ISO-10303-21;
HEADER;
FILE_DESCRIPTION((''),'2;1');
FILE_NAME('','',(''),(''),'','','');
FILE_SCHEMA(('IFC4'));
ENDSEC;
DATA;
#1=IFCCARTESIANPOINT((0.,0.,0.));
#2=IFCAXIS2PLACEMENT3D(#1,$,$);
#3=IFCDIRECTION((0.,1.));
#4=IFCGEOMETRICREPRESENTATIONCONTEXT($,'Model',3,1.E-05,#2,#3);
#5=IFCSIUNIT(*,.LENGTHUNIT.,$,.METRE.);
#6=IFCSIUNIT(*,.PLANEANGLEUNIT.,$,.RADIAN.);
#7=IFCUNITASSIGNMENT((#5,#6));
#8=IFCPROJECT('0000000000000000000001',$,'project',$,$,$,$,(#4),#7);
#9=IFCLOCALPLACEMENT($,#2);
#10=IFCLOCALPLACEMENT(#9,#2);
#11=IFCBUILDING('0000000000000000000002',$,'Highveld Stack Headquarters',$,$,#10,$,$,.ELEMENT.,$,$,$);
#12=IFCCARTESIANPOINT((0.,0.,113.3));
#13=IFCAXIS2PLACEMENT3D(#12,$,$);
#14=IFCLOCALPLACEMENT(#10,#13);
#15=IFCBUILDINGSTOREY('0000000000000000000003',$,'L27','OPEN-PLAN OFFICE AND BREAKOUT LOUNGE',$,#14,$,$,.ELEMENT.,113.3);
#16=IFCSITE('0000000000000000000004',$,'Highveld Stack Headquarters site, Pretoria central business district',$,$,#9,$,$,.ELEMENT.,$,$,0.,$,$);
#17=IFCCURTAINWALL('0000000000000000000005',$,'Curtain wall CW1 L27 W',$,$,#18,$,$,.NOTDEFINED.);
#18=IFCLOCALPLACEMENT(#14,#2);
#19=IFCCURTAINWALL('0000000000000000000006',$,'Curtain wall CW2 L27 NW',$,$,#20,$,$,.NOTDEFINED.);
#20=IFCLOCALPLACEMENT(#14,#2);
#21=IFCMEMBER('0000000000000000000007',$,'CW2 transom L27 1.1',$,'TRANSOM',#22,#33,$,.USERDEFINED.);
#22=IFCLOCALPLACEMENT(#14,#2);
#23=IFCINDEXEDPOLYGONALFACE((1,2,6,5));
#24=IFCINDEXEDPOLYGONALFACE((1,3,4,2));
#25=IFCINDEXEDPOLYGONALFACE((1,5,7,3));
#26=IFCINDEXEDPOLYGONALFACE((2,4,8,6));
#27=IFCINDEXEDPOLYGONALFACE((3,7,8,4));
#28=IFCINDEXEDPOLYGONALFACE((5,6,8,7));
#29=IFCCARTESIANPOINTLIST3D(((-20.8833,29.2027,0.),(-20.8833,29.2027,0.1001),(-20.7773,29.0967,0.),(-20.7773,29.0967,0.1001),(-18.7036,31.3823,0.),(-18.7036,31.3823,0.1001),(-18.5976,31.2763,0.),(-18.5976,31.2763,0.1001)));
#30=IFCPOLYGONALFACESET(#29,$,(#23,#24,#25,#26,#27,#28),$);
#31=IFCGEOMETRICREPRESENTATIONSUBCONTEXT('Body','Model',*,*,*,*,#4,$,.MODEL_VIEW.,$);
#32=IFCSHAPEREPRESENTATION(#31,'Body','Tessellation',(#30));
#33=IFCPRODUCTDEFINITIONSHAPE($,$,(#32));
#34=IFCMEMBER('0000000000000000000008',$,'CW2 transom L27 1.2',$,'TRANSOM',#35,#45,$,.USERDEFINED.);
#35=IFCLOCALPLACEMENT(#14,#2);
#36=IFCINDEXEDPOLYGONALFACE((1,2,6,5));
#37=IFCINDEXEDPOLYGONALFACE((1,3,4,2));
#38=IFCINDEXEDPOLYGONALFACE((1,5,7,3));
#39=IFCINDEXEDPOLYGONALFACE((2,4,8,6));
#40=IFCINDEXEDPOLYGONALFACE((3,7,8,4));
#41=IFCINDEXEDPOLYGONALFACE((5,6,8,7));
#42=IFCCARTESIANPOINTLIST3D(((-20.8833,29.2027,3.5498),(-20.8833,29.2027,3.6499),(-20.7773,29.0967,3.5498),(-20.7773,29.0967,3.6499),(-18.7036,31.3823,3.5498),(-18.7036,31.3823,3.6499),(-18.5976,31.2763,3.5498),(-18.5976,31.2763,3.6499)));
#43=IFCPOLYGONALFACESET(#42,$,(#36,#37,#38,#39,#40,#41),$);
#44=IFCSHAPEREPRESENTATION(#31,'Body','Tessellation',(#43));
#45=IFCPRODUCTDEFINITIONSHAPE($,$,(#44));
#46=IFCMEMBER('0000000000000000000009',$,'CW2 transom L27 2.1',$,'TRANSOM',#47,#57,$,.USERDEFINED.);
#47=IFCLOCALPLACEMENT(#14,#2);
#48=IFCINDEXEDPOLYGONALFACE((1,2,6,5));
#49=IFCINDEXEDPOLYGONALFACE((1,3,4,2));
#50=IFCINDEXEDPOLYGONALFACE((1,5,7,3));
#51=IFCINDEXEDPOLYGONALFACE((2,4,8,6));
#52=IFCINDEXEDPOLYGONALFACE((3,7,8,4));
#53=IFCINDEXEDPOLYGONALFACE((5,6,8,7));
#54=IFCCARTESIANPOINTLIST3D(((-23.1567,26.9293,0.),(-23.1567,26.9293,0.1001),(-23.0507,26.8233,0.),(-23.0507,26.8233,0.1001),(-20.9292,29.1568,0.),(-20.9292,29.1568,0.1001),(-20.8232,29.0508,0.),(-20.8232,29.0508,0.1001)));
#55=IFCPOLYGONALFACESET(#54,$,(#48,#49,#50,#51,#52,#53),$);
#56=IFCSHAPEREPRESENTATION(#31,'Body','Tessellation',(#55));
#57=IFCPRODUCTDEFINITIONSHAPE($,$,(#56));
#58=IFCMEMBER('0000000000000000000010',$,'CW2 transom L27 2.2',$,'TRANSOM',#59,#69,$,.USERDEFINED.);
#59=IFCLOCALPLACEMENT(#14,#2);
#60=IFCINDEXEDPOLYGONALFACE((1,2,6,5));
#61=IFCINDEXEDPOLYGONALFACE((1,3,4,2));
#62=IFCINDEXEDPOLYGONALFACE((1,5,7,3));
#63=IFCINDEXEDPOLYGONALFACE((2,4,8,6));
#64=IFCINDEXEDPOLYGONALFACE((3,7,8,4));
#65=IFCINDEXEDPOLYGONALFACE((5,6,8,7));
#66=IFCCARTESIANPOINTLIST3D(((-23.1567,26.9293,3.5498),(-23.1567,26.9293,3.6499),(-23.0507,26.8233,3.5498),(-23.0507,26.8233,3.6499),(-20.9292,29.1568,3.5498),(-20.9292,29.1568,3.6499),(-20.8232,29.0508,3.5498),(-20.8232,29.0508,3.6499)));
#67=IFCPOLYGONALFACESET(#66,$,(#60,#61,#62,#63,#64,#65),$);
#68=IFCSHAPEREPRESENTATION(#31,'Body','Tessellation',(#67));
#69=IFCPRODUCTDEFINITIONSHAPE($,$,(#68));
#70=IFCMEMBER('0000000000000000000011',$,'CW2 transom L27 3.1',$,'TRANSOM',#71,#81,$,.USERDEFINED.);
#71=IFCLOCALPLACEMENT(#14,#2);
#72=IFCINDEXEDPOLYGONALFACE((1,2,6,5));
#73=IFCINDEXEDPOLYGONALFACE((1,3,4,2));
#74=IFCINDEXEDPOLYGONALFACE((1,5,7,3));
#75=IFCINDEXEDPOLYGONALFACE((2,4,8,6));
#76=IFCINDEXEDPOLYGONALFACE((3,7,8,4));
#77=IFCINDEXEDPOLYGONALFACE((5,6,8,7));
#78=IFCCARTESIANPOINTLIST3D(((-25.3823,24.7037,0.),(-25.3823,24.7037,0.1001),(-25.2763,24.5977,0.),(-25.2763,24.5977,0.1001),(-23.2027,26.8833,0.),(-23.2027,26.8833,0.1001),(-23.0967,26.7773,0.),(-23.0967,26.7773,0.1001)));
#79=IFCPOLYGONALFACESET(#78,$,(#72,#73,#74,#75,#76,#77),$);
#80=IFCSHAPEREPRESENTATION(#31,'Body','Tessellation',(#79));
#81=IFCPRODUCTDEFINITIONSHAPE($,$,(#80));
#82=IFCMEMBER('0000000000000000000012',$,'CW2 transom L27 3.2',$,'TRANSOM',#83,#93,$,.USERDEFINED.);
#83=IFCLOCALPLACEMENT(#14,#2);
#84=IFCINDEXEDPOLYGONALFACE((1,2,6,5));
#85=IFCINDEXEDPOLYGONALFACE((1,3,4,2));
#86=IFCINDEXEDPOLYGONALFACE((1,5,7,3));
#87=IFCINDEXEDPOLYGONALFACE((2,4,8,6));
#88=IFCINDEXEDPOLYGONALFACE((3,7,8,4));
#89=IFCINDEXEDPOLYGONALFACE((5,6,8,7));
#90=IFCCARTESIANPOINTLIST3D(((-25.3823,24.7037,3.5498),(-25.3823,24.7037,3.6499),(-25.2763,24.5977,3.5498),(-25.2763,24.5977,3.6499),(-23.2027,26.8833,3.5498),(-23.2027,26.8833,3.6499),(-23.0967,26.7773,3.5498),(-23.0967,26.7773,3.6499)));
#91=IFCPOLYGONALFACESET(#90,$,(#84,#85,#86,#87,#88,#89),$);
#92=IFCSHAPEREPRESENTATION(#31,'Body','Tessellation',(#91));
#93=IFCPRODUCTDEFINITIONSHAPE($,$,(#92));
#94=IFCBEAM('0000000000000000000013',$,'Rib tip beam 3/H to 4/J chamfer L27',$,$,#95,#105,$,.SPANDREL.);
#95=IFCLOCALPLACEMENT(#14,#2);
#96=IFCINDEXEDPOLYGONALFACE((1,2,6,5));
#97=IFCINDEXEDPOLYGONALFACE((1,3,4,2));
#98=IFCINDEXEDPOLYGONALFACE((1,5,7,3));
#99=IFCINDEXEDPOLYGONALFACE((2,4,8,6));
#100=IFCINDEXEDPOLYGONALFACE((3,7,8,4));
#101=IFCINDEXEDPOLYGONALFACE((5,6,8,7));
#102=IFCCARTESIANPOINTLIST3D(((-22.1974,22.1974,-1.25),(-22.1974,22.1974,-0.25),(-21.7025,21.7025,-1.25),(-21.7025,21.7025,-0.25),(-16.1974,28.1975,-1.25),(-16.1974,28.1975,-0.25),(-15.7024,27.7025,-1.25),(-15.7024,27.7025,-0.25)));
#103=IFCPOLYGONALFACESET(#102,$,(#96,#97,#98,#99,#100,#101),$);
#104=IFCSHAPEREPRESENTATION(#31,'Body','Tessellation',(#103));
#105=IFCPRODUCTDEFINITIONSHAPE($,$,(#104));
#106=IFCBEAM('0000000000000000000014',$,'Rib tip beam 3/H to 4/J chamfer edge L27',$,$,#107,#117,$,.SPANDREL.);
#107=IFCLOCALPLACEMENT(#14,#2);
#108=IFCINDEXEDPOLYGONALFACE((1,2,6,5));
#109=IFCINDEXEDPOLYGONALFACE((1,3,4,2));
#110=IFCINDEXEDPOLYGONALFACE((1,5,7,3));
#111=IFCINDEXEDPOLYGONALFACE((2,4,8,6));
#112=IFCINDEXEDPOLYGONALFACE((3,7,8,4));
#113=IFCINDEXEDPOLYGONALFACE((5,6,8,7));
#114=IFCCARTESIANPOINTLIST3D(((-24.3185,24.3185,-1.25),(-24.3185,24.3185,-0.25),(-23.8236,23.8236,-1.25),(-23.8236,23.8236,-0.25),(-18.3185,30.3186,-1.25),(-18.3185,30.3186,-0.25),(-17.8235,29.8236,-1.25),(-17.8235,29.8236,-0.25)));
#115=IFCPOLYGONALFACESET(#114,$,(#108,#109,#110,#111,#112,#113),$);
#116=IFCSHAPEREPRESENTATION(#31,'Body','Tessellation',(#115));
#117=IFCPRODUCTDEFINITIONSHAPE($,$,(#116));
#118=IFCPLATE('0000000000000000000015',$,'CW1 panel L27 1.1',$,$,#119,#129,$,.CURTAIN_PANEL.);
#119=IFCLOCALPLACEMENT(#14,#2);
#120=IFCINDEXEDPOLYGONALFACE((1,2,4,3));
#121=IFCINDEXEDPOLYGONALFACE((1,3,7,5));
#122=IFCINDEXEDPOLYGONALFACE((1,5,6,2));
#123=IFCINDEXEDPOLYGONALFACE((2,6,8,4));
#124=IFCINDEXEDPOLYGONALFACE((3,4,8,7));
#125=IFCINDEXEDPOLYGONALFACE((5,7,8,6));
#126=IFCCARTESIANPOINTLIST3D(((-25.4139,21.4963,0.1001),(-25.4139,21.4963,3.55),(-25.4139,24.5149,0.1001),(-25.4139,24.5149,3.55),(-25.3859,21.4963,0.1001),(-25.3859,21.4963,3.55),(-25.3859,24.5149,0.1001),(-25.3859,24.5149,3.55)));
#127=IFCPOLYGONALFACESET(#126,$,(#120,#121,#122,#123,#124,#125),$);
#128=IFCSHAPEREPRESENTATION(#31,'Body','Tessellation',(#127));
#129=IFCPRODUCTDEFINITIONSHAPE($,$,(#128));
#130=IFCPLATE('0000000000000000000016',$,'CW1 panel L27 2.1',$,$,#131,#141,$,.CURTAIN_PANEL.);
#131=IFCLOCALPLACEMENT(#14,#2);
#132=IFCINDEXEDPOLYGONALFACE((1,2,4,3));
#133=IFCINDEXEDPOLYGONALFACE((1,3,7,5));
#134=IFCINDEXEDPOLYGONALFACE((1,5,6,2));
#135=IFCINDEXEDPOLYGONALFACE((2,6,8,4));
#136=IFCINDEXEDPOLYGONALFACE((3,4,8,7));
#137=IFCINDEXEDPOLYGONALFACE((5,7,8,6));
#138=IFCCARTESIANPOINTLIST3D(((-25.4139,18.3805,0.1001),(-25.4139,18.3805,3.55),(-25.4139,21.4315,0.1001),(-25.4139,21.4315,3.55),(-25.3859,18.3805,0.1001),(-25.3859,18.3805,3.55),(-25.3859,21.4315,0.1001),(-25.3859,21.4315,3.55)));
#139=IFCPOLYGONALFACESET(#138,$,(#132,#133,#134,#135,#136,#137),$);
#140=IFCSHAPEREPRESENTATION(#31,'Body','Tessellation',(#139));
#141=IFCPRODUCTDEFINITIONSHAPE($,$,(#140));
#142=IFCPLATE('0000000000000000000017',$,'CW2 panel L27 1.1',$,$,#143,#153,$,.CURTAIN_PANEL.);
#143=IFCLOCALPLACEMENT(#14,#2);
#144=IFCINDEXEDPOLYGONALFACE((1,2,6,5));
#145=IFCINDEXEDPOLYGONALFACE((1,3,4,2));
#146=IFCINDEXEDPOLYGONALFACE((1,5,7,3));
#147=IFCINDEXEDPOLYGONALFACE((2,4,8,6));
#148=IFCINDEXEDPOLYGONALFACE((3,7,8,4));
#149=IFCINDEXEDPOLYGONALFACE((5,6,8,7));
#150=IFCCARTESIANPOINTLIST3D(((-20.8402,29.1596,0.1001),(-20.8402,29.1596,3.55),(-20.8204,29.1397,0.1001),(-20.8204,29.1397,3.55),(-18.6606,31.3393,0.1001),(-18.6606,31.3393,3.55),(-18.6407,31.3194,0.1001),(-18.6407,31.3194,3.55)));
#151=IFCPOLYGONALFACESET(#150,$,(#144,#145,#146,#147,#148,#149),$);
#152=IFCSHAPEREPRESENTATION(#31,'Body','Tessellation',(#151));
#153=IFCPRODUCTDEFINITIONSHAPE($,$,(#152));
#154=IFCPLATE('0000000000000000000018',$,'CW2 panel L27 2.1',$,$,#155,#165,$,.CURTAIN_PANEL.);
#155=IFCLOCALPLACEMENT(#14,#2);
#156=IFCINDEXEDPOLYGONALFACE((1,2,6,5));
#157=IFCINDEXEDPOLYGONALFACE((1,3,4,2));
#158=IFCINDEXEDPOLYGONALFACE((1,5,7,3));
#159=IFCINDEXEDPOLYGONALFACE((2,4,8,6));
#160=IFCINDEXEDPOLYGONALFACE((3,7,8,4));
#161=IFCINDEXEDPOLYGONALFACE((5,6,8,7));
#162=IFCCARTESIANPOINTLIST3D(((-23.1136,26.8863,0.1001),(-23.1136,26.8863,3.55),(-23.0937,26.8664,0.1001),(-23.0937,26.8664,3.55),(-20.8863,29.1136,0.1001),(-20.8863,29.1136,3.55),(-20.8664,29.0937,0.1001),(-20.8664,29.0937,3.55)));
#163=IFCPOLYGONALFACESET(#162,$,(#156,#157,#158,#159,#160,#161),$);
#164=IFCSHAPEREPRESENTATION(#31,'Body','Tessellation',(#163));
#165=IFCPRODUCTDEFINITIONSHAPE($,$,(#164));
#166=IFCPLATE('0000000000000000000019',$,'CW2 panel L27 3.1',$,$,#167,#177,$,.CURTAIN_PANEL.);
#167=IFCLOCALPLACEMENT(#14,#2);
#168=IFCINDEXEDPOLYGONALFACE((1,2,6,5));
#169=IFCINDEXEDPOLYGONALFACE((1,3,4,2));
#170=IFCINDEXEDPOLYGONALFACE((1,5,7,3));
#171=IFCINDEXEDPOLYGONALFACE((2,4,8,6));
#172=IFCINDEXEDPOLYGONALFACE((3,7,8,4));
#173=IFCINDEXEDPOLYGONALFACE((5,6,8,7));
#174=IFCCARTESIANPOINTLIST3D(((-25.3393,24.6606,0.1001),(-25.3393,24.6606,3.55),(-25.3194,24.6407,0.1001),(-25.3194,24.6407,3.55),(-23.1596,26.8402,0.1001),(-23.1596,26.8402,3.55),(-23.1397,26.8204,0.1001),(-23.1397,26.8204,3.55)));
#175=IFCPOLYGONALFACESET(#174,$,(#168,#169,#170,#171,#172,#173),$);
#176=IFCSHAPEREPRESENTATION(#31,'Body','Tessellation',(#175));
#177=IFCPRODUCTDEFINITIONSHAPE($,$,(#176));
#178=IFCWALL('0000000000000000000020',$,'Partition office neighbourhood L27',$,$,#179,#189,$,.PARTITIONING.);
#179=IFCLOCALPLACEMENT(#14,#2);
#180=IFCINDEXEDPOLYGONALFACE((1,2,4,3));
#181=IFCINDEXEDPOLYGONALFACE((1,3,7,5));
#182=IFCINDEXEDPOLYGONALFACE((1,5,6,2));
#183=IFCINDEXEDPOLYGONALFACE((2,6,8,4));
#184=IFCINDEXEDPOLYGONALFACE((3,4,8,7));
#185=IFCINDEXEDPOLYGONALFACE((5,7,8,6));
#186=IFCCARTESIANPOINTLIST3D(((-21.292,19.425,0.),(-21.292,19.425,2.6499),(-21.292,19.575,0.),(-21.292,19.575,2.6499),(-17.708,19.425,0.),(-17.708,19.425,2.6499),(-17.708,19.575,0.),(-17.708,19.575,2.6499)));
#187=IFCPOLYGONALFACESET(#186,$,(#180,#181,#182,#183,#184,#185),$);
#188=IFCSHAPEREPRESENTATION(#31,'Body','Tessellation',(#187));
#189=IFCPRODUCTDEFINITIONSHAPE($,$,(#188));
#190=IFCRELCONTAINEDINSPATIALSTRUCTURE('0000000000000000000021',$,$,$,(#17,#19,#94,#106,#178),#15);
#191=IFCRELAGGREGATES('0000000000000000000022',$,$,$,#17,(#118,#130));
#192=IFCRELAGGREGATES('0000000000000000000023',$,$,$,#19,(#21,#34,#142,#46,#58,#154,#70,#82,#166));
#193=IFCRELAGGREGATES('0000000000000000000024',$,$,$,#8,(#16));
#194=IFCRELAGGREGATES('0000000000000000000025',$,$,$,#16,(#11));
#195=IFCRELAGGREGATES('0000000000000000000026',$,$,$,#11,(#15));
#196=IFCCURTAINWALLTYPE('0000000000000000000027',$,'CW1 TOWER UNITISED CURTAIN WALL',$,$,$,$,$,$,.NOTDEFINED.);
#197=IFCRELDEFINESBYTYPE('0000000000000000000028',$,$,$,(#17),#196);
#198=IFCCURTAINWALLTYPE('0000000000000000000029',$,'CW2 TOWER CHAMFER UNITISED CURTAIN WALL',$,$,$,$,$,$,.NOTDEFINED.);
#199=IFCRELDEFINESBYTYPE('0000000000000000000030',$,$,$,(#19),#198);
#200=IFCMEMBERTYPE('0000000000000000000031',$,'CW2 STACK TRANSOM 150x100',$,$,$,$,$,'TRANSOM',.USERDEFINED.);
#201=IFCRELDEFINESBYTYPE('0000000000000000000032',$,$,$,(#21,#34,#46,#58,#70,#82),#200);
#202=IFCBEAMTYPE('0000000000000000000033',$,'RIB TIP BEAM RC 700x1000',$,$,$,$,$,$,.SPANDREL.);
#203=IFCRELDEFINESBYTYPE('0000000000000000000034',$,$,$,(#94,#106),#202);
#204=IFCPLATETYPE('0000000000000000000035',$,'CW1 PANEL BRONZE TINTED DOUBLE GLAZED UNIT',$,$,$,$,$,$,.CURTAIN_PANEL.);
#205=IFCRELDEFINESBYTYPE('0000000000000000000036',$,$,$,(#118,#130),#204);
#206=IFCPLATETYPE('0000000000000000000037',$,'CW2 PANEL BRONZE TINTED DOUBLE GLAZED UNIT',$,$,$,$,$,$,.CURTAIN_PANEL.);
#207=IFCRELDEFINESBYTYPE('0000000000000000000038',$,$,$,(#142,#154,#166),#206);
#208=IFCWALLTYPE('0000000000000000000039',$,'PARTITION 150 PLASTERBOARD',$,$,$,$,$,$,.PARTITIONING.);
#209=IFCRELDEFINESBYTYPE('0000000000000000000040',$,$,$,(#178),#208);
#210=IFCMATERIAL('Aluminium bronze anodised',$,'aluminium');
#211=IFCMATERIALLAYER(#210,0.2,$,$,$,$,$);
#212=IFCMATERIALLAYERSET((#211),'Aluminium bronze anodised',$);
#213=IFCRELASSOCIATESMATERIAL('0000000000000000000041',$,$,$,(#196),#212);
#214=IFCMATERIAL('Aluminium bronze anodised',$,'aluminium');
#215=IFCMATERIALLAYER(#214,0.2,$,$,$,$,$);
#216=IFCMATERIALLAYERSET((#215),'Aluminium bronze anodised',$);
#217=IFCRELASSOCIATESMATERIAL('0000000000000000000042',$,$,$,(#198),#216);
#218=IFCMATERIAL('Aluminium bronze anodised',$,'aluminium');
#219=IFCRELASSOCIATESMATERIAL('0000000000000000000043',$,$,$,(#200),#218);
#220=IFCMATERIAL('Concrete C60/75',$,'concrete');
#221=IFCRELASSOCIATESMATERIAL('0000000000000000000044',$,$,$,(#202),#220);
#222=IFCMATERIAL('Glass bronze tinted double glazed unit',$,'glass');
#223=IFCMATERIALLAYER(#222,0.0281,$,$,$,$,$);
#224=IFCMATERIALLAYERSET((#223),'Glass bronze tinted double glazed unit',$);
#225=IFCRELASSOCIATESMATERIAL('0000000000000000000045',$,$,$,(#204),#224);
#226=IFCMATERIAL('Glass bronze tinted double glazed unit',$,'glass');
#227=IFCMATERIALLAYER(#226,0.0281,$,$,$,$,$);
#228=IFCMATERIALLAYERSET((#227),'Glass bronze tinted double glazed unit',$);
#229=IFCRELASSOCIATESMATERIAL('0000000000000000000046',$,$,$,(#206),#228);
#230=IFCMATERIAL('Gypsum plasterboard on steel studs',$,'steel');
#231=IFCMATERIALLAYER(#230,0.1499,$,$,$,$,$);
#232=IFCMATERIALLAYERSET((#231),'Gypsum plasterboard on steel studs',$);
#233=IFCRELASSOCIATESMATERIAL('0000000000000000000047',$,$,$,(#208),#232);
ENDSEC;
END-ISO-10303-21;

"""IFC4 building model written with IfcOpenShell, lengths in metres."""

from ifc_helpers import new_model, si_unit, direction, frame, frame_2d, origin, origin_2d, place, context, subcontext, project, spatial, rectangle, extrude, material, layer, layer_set, material_profile, profile_set, type_object, element, aggregate, save


model = new_model("IFC4")

# Units and contexts
model_context = context("Model", 3, precision=1e-05, world=origin(), true_north=direction((0.0, 1.0)))
body_context = subcontext(model_context, "Body", "Model", "MODEL_VIEW")
ifc_project = project(units=[si_unit("LENGTHUNIT", "METRE"), si_unit("PLANEANGLEUNIT", "RADIAN")], contexts=[model_context])

# Site, building, storey
site_placement = place(None, origin())
site = spatial("IfcSite", under=ifc_project, at=site_placement, Name="Highveld Stack Headquarters site, Pretoria central business district", CompositionType="ELEMENT", RefElevation=0.0)
building_placement = place(site_placement, origin())
building = spatial("IfcBuilding", under=site, at=building_placement, Name="Highveld Stack Headquarters", CompositionType="ELEMENT")
storey_placement = place(building_placement, frame((0.0, 0.0, 113.3)))
storey = spatial("IfcBuildingStorey", under=building, at=storey_placement, Name="L27", Description="OPEN-PLAN OFFICE AND BREAKOUT LOUNGE", CompositionType="ELEMENT", Elevation=113.3)

# Shared definitions
ifc_material_1 = material(Name="Aluminium bronze anodised", Category="aluminium")
ifc_layer_1 = layer(ifc_material_1, 0.2)
ifc_layer_set_1 = layer_set([ifc_layer_1], Name="Aluminium bronze anodised")
curtain_wall_type_1 = type_object("IfcCurtainWallType", Name="CW1 TOWER UNITISED CURTAIN WALL", PredefinedType="NOTDEFINED", material=ifc_layer_set_1)

# Curtain wall
curtain_wall_1_placement = place(storey_placement, origin())
curtain_wall_1 = element("IfcCurtainWall", 1, at=curtain_wall_1_placement, inside=storey, type_object=curtain_wall_type_1, Name="Curtain wall CW1 L27 W", PredefinedType="NOTDEFINED")

# Curtain wall, members
ifc_material_2 = material(Name="Aluminium bronze anodised", Category="aluminium")
ifc_layer_2 = layer(ifc_material_2, 0.2)
ifc_layer_set_2 = layer_set([ifc_layer_2], Name="Aluminium bronze anodised")
curtain_wall_type_2 = type_object("IfcCurtainWallType", Name="CW2 TOWER CHAMFER UNITISED CURTAIN WALL", PredefinedType="NOTDEFINED", material=ifc_layer_set_2)
curtain_wall_2_placement = place(storey_placement, origin())
curtain_wall_2 = element("IfcCurtainWall", 2, at=curtain_wall_2_placement, inside=storey, type_object=curtain_wall_type_2, Name="Curtain wall CW2 L27 NW", PredefinedType="NOTDEFINED")
ifc_material_3 = material(Name="Aluminium bronze anodised", Category="aluminium")
ifc_material_profile_1 = material_profile(ifc_material_3, rectangle(XDim=0.1499, YDim=0.1001, at=origin_2d()), Name="CW2 TRANSOM 150x100")
ifc_profile_set_1 = profile_set([ifc_material_profile_1], Name="Aluminium bronze anodised")
member_type_1 = type_object("IfcMemberType", Name="CW2 STACK TRANSOM 150x100", ElementType="TRANSOM", PredefinedType="USERDEFINED", material=ifc_profile_set_1)
member_1_placement = place(storey_placement, frame((-18.6506, 31.3293, 0.05), z_axis=(-0.707107, -0.707107, 0.0), x_axis=(0.707107, -0.707107, 0.0)))
member_1 = element("IfcMember", 3, at=member_1_placement, type_object=member_type_1, Name="CW2 transom L27 1.1", ObjectType="TRANSOM", PredefinedType="USERDEFINED", context=body_context, shape_type="SweptSolid", body=[
    extrude(rectangle(XDim=0.1499, YDim=0.1001, at=origin_2d()), origin(), (0.0, 0.0, 1.0), 3.0825),
])
member_2_placement = place(storey_placement, frame((-18.6506, 31.3293, 3.5999), z_axis=(-0.707107, -0.707107, 0.0), x_axis=(0.707107, -0.707107, 0.0)))
member_2 = element("IfcMember", 4, at=member_2_placement, type_object=member_type_1, Name="CW2 transom L27 1.2", ObjectType="TRANSOM", PredefinedType="USERDEFINED", context=body_context, shape_type="SweptSolid", body=[
    extrude(rectangle(XDim=0.1499, YDim=0.1001, at=origin_2d()), origin(), (0.0, 0.0, 1.0), 3.0825),
])
member_3_placement = place(storey_placement, frame((-20.8762, 29.1038, 0.05), z_axis=(-0.707107, -0.707107, 0.0), x_axis=(0.707107, -0.707107, 0.0)))
member_3 = element("IfcMember", 5, at=member_3_placement, type_object=member_type_1, Name="CW2 transom L27 2.1", ObjectType="TRANSOM", PredefinedType="USERDEFINED", context=body_context, shape_type="SweptSolid", body=[
    extrude(rectangle(XDim=0.1499, YDim=0.1001, at=origin_2d()), origin(), (0.0, 0.0, 1.0), 3.1501),
])
member_4_placement = place(storey_placement, frame((-20.8762, 29.1038, 3.5999), z_axis=(-0.707107, -0.707107, 0.0), x_axis=(0.707107, -0.707107, 0.0)))
member_4 = element("IfcMember", 6, at=member_4_placement, type_object=member_type_1, Name="CW2 transom L27 2.2", ObjectType="TRANSOM", PredefinedType="USERDEFINED", context=body_context, shape_type="SweptSolid", body=[
    extrude(rectangle(XDim=0.1499, YDim=0.1001, at=origin_2d()), origin(), (0.0, 0.0, 1.0), 3.1501),
])
member_5_placement = place(storey_placement, frame((-23.1497, 26.8303, 0.05), z_axis=(-0.707107, -0.707107, 0.0), x_axis=(0.707107, -0.707107, 0.0)))
member_5 = element("IfcMember", 7, at=member_5_placement, type_object=member_type_1, Name="CW2 transom L27 3.1", ObjectType="TRANSOM", PredefinedType="USERDEFINED", context=body_context, shape_type="SweptSolid", body=[
    extrude(rectangle(XDim=0.1499, YDim=0.1001, at=origin_2d()), origin(), (0.0, 0.0, 1.0), 3.0825),
])
member_6_placement = place(storey_placement, frame((-23.1497, 26.8303, 3.5999), z_axis=(-0.707107, -0.707107, 0.0), x_axis=(0.707107, -0.707107, 0.0)))
member_6 = element("IfcMember", 8, at=member_6_placement, type_object=member_type_1, Name="CW2 transom L27 3.2", ObjectType="TRANSOM", PredefinedType="USERDEFINED", context=body_context, shape_type="SweptSolid", body=[
    extrude(rectangle(XDim=0.1499, YDim=0.1001, at=origin_2d()), origin(), (0.0, 0.0, 1.0), 3.0825),
])

# Beams
ifc_material_4 = material(Name="Concrete C60/75", Category="concrete")
ifc_material_profile_2 = material_profile(ifc_material_4, rectangle(XDim=0.7, YDim=1.0, at=origin_2d()), Name="RC 700x1000")
ifc_profile_set_2 = profile_set([ifc_material_profile_2], Name="Concrete C60/75")
beam_type = type_object("IfcBeamType", Name="RIB TIP BEAM RC 700x1000", PredefinedType="SPANDREL", material=ifc_profile_set_2)
for number, where, z_axis, x_axis, name in (
    (9, (-21.95, 21.95, -0.75), (0.707107, 0.707107, 0.0), (-0.707107, 0.707107, 0.0), "Rib tip beam 3/H to 4/J chamfer L27"),
    (10, (-24.071, 24.071, -0.75), (0.707107, 0.707107, 0.0), (-0.707107, 0.707107, 0.0), "Rib tip beam 3/H to 4/J chamfer edge L27"),
):
    element("IfcBeam", number, at=place(storey_placement, frame(where, z_axis=z_axis, x_axis=x_axis)), inside=storey, type_object=beam_type, Name=name, PredefinedType="SPANDREL", context=body_context, shape_type="SweptSolid", body=[
        extrude(rectangle(XDim=0.7, YDim=1.0, at=origin_2d()), origin(), (0.0, 0.0, 1.0), 8.4854),
    ])

# Plates
ifc_material_5 = material(Name="Glass bronze tinted double glazed unit", Category="glass")
ifc_layer_3 = layer(ifc_material_5, 0.0281)
ifc_layer_set_3 = layer_set([ifc_layer_3], Name="Glass bronze tinted double glazed unit")
plate_type_1 = type_object("IfcPlateType", Name="CW1 PANEL BRONZE TINTED DOUBLE GLAZED UNIT", PredefinedType="CURTAIN_PANEL", material=ifc_layer_set_3)
plate_1_placement = place(storey_placement, frame((-25.3999, 23.0056, 0.1001), z_axis=(0.0, 0.0, 1.0), x_axis=(0.0, -1.0, 0.0)))
plate_1 = element("IfcPlate", 11, at=plate_1_placement, type_object=plate_type_1, Name="CW1 panel L27 1.1", PredefinedType="CURTAIN_PANEL", context=body_context, shape_type="SweptSolid", body=[
    extrude(rectangle(XDim=3.0186, YDim=0.0281, at=origin_2d()), origin(), (0.0, 0.0, 1.0), 3.45),
])
plate_2_placement = place(storey_placement, frame((-25.3999, 19.906, 0.1001), z_axis=(0.0, 0.0, 1.0), x_axis=(0.0, -1.0, 0.0)))
plate_2 = element("IfcPlate", 12, at=plate_2_placement, type_object=plate_type_1, Name="CW1 panel L27 2.1", PredefinedType="CURTAIN_PANEL", context=body_context, shape_type="SweptSolid", body=[
    extrude(rectangle(XDim=3.051, YDim=0.0281, at=origin_2d()), origin(), (0.0, 0.0, 1.0), 3.45),
])
aggregate(curtain_wall_1, [plate_1, plate_2])
ifc_material_6 = material(Name="Glass bronze tinted double glazed unit", Category="glass")
ifc_layer_4 = layer(ifc_material_6, 0.0281)
ifc_layer_set_4 = layer_set([ifc_layer_4], Name="Glass bronze tinted double glazed unit")
plate_type_2 = type_object("IfcPlateType", Name="CW2 PANEL BRONZE TINTED DOUBLE GLAZED UNIT", PredefinedType="CURTAIN_PANEL", material=ifc_layer_set_4)
plate_3_placement = place(storey_placement, frame((-19.7405, 30.2395, 0.1001), z_axis=(0.0, 0.0, 1.0), x_axis=(-0.707107, -0.707107, 0.0)))
plate_3 = element("IfcPlate", 13, at=plate_3_placement, type_object=plate_type_2, Name="CW2 panel L27 1.1", PredefinedType="CURTAIN_PANEL", context=body_context, shape_type="SweptSolid", body=[
    extrude(rectangle(XDim=3.0825, YDim=0.0281, at=origin_2d()), origin(), (0.0, 0.0, 1.0), 3.45),
])
plate_4_placement = place(storey_placement, frame((-21.99, 27.99, 0.1001), z_axis=(0.0, 0.0, 1.0), x_axis=(-0.707107, -0.707107, 0.0)))
plate_4 = element("IfcPlate", 14, at=plate_4_placement, type_object=plate_type_2, Name="CW2 panel L27 2.1", PredefinedType="CURTAIN_PANEL", context=body_context, shape_type="SweptSolid", body=[
    extrude(rectangle(XDim=3.1499, YDim=0.0281, at=origin_2d()), origin(), (0.0, 0.0, 1.0), 3.45),
])
plate_5_placement = place(storey_placement, frame((-24.2395, 25.7405, 0.1001), z_axis=(0.0, 0.0, 1.0), x_axis=(-0.707107, -0.707107, 0.0)))
plate_5 = element("IfcPlate", 15, at=plate_5_placement, type_object=plate_type_2, Name="CW2 panel L27 3.1", PredefinedType="CURTAIN_PANEL", context=body_context, shape_type="SweptSolid", body=[
    extrude(rectangle(XDim=3.0825, YDim=0.0281, at=origin_2d()), origin(), (0.0, 0.0, 1.0), 3.45),
])
aggregate(curtain_wall_2, [member_1, member_2, plate_3, member_3, member_4, plate_4, member_5, member_6, plate_5])

# Wall
ifc_material_7 = material(Name="Gypsum plasterboard on steel studs", Category="steel")
ifc_layer_5 = layer(ifc_material_7, 0.1499)
ifc_layer_set_5 = layer_set([ifc_layer_5], Name="Gypsum plasterboard on steel studs")
wall_type = type_object("IfcWallType", Name="PARTITION 150 PLASTERBOARD", PredefinedType="PARTITIONING", material=ifc_layer_set_5)
wall_placement = place(storey_placement, frame((-21.292, 19.5, 0.0), z_axis=(0.0, 0.0, 1.0), x_axis=(1.0, 0.0, 0.0)))
element("IfcWall", 16, at=wall_placement, inside=storey, type_object=wall_type, Name="Partition office neighbourhood L27", PredefinedType="PARTITIONING", context=body_context, shape_type="SweptSolid", body=[
    extrude(rectangle(XDim=3.584, YDim=0.1499, at=frame_2d((1.792, 0.0))), origin(), (0.0, 0.0, 1.0), 2.6499),
])

save(model, "model.ifc")
